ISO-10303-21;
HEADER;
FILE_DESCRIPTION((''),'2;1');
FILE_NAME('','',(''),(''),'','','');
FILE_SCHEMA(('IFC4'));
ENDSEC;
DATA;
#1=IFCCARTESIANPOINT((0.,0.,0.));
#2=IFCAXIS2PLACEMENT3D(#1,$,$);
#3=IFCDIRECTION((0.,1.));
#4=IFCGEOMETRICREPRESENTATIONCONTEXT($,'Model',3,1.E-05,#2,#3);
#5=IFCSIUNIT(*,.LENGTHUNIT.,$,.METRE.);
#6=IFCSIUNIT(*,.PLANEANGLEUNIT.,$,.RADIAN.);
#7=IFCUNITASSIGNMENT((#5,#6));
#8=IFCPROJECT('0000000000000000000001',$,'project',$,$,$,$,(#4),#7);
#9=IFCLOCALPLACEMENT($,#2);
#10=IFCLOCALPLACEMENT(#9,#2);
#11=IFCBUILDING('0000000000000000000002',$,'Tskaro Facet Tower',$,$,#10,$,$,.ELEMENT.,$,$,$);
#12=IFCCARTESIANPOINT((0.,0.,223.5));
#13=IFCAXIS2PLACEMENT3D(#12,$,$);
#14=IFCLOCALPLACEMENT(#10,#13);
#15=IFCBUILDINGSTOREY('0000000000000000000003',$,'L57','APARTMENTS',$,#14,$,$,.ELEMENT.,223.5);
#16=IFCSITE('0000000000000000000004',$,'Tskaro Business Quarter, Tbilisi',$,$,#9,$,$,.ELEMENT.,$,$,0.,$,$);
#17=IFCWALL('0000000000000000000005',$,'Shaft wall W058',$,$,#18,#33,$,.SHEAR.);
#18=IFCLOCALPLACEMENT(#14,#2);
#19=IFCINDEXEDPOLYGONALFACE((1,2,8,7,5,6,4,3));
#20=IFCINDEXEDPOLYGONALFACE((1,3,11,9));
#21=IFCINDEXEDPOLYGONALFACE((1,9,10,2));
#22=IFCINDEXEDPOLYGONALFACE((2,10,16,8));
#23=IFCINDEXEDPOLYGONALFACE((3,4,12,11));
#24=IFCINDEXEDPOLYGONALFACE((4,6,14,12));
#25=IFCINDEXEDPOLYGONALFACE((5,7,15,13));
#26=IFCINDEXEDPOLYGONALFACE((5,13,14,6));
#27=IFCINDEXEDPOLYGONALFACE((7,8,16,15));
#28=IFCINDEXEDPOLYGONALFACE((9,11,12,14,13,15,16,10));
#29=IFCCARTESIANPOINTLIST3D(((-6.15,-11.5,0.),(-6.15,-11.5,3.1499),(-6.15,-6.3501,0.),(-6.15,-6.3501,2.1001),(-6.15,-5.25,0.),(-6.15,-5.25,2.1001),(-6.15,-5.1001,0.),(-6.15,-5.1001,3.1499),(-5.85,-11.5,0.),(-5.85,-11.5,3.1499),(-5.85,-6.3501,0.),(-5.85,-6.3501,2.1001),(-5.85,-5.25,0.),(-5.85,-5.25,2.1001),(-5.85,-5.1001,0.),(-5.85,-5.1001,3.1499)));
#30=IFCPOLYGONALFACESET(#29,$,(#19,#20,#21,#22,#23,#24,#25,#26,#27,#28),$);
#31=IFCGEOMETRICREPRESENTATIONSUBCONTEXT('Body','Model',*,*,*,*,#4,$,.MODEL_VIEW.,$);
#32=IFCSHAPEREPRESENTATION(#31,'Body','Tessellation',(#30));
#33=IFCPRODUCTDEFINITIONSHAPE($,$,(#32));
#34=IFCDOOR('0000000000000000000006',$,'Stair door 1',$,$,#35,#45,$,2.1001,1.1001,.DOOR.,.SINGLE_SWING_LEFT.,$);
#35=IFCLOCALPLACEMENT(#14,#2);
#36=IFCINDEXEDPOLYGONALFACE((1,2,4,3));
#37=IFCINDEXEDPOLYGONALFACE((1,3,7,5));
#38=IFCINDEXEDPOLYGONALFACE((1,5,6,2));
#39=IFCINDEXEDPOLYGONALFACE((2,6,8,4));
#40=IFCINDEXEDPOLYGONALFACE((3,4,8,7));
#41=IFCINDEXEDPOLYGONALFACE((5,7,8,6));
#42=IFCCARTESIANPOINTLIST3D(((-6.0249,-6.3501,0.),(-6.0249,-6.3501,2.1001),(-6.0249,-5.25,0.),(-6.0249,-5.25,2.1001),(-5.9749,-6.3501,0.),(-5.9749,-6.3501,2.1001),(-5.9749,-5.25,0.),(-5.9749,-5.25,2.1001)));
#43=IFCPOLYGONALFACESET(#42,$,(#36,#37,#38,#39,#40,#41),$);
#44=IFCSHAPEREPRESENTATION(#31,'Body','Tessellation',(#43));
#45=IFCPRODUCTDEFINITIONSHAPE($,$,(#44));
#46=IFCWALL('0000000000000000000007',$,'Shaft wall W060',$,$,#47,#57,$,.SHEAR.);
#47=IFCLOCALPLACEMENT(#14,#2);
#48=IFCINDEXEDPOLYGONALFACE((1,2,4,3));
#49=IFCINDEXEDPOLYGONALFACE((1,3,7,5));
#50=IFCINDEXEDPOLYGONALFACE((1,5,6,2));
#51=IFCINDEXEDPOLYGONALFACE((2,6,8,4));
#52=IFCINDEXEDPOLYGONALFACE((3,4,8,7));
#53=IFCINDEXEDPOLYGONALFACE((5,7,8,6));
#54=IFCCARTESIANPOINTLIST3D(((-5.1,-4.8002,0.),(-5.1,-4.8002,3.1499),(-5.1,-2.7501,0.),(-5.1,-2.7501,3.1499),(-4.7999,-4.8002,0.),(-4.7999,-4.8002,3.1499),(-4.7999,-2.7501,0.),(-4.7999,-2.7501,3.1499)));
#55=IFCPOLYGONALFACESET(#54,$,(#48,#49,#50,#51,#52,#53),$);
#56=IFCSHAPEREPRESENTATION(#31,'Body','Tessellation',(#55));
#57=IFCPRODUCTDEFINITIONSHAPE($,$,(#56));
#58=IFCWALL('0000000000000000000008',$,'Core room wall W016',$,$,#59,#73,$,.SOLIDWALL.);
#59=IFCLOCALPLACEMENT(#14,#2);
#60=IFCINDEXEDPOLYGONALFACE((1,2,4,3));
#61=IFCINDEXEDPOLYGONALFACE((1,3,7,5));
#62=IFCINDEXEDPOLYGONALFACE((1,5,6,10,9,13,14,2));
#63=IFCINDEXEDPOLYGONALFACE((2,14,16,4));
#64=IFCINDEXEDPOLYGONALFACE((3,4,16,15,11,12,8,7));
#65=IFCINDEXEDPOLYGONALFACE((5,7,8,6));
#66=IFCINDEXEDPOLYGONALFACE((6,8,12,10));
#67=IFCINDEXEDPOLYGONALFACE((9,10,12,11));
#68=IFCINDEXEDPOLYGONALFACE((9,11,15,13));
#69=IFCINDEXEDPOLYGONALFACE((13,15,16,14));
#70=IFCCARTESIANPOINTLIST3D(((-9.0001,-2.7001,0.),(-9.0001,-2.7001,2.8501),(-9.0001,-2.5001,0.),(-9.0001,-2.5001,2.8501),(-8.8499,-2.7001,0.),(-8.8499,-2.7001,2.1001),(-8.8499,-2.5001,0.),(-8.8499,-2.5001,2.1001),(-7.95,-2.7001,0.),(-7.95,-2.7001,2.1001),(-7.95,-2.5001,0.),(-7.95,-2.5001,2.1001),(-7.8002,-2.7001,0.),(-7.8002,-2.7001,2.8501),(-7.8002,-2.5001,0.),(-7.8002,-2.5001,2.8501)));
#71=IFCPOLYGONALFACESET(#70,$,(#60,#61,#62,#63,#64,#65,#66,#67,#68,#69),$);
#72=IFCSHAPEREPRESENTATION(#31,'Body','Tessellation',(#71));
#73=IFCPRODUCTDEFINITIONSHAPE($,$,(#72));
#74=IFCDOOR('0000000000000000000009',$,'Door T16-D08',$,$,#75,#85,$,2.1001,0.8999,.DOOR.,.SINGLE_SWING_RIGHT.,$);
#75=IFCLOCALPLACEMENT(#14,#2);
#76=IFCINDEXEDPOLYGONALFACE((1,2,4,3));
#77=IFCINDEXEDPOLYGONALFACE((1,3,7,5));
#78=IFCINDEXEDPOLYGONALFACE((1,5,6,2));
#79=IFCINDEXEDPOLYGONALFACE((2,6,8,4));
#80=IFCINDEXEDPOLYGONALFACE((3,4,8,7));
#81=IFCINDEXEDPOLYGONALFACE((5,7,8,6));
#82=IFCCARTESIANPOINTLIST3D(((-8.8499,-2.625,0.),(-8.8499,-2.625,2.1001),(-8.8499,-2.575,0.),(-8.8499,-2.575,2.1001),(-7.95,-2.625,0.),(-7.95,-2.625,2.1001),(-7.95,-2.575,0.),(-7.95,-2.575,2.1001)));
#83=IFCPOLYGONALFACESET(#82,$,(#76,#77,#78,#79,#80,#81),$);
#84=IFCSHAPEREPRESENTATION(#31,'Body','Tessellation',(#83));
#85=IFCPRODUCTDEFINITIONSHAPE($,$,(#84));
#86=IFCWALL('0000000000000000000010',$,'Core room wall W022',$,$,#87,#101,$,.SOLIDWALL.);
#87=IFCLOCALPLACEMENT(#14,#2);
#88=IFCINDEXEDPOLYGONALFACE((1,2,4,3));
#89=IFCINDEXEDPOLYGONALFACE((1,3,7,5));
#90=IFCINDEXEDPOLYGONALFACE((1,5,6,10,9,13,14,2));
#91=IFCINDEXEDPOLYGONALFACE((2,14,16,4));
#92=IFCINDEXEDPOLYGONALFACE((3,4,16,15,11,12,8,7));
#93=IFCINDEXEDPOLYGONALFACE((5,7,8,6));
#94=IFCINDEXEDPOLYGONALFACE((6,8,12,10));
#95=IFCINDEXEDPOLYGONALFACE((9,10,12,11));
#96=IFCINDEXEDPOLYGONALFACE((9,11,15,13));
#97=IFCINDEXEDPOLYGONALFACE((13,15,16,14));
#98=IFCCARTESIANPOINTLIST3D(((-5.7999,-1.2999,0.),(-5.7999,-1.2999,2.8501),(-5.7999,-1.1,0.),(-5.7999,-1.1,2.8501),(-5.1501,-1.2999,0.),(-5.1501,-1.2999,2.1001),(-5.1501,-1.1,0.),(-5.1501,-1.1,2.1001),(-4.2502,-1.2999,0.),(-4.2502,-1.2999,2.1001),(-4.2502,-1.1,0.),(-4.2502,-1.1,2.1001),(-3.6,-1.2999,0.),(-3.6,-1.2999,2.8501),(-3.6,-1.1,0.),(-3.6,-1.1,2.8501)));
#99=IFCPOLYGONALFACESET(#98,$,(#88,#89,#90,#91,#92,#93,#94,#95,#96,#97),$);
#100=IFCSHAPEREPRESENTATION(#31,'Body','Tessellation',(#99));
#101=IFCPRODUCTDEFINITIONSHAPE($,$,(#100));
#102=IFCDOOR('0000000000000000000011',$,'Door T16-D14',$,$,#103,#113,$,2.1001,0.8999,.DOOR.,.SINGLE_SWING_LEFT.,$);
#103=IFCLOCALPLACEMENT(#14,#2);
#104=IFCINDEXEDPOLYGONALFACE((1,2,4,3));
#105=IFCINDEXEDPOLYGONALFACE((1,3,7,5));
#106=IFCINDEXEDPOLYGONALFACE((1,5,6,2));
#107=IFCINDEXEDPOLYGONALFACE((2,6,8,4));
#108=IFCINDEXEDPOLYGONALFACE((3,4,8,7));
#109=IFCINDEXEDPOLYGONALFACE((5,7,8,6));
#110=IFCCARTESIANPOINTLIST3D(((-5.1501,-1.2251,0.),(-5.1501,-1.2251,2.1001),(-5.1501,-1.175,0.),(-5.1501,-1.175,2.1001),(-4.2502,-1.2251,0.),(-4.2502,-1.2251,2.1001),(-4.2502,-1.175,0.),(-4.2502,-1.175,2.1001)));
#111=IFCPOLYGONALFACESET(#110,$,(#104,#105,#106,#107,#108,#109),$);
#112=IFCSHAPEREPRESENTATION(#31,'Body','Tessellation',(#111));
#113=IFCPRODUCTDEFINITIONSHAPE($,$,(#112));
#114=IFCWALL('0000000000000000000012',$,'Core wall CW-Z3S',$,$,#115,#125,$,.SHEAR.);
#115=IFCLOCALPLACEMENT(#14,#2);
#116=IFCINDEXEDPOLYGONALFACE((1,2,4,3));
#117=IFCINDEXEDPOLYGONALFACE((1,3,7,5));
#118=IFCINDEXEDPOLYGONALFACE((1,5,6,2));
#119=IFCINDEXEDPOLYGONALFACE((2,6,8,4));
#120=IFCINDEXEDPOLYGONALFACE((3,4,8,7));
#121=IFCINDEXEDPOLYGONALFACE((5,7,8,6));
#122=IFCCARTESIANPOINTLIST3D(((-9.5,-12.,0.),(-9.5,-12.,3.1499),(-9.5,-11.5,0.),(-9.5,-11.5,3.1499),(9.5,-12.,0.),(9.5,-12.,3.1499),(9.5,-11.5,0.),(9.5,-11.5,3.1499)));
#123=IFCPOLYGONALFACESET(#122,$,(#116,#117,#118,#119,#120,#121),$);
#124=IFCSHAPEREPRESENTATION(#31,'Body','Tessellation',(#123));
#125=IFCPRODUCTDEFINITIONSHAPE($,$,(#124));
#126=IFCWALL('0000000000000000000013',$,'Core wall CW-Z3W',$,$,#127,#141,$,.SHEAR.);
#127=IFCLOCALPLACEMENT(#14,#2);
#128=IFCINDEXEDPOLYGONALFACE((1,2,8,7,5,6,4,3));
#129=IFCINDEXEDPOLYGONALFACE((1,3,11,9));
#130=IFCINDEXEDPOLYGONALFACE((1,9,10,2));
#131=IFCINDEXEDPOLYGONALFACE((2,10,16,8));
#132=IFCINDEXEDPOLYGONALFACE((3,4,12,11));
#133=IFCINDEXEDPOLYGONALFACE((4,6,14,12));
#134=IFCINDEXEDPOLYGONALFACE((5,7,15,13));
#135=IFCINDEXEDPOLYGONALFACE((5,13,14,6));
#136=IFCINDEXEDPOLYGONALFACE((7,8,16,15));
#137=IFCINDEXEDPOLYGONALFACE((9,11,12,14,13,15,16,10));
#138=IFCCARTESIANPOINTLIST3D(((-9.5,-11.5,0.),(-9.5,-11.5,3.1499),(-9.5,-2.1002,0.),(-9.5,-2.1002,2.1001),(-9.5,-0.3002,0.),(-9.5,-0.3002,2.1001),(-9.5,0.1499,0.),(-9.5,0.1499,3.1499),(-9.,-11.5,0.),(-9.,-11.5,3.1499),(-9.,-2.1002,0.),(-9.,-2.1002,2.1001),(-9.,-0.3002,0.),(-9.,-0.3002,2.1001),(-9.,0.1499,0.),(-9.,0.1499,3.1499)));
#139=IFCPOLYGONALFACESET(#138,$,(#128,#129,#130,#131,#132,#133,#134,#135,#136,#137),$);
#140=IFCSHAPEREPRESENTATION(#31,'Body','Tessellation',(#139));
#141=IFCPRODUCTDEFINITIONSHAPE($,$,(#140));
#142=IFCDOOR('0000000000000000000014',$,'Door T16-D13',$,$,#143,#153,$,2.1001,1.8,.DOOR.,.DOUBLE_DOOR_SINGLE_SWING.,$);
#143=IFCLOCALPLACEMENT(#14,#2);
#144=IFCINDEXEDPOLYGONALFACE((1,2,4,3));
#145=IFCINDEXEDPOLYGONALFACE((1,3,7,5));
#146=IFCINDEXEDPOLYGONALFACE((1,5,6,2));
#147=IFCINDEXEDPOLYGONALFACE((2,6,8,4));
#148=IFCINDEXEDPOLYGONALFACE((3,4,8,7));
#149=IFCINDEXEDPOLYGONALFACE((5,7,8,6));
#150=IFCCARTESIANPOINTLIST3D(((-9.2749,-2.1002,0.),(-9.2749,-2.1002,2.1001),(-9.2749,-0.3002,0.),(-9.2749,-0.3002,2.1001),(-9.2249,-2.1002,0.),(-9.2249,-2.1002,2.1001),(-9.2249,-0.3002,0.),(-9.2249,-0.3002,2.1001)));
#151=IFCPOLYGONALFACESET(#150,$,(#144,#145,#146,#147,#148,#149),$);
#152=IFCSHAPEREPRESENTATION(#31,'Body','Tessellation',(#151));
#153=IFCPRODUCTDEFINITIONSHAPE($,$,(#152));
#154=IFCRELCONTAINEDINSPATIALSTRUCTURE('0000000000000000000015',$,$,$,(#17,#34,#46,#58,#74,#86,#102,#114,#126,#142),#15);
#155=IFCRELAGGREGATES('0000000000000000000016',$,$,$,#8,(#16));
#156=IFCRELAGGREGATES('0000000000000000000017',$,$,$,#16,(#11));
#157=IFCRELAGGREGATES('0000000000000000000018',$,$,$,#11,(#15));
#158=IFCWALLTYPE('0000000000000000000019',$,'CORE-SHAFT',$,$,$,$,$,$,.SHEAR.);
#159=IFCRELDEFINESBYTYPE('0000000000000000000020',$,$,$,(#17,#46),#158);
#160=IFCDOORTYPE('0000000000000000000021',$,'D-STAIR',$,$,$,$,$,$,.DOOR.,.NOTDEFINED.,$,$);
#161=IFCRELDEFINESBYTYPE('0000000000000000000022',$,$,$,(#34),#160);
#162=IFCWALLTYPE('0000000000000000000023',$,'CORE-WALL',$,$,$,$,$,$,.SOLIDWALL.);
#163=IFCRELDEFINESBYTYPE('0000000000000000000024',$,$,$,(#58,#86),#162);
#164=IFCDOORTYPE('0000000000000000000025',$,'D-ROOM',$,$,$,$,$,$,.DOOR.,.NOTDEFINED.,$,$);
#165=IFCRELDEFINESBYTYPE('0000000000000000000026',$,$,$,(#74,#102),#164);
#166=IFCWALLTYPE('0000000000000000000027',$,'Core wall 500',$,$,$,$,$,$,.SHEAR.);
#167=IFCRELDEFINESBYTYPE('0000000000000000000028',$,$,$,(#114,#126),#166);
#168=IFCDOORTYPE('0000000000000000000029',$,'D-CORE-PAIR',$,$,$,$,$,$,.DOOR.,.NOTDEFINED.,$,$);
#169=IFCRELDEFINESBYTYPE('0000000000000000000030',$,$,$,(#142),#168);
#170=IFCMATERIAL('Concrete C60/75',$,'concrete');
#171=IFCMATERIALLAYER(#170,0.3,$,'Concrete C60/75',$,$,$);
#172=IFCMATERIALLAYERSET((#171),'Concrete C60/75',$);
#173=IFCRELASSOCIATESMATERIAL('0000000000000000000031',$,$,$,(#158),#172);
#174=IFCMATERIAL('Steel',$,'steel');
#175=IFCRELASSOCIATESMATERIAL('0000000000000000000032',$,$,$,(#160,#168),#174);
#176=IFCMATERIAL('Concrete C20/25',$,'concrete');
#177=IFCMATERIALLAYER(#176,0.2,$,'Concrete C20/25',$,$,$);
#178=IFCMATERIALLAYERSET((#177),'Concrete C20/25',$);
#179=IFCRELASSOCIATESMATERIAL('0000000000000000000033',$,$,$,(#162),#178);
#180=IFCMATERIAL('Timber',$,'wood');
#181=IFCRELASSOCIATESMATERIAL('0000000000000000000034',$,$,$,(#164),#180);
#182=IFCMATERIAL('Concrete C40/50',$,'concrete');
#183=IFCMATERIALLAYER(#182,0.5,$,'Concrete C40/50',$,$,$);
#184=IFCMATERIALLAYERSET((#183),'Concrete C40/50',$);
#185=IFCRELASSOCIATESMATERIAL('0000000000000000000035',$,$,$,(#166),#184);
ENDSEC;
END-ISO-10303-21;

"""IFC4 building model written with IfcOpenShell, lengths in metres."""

from ifc_helpers import new_model, si_unit, direction, frame, frame_2d, origin, place, context, subcontext, project, spatial, rectangle, extrude, material, layer, layer_set, type_object, element, fill, save


model = new_model("IFC4")

# Units and contexts
model_context = context("Model", 3, precision=1e-05, world=origin(), true_north=direction((0.0, 1.0)))
body_context = subcontext(model_context, "Body", "Model", "MODEL_VIEW")
ifc_project = project(units=[si_unit("LENGTHUNIT", "METRE"), si_unit("PLANEANGLEUNIT", "RADIAN")], contexts=[model_context])

# Site, building, storey
site_placement = place(None, origin())
site = spatial("IfcSite", under=ifc_project, at=site_placement, Name="Tskaro Business Quarter, Tbilisi", CompositionType="ELEMENT", RefElevation=0.0)
building_placement = place(site_placement, origin())
building = spatial("IfcBuilding", under=site, at=building_placement, Name="Tskaro Facet Tower", CompositionType="ELEMENT")
storey_placement = place(building_placement, frame((0.0, 0.0, 223.5)))
storey = spatial("IfcBuildingStorey", under=building, at=storey_placement, Name="L57", Description="APARTMENTS", CompositionType="ELEMENT", Elevation=223.5)

# Shared definitions
ifc_material_1 = material(Name="Concrete C60/75", Category="concrete")
ifc_layer_1 = layer(ifc_material_1, 0.3, Name="Concrete C60/75")
ifc_layer_set_1 = layer_set([ifc_layer_1], Name="Concrete C60/75")
wall_type_1 = type_object("IfcWallType", Name="CORE-SHAFT", PredefinedType="SHEAR", material=ifc_layer_set_1)

# Wall, opening, door
wall_1_placement = place(storey_placement, frame((-6.0, -11.5, 0.0), z_axis=(0.0, 0.0, 1.0), x_axis=(0.0, 1.0, 0.0)))
wall_1 = element("IfcWall", 1, at=wall_1_placement, inside=storey, type_object=wall_type_1, Name="Shaft wall W058", PredefinedType="SHEAR", context=body_context, shape_type="SweptSolid", body=[
    extrude(rectangle(XDim=6.3999, YDim=0.3, at=frame_2d((3.2, 0.0))), origin(), (0.0, 0.0, 1.0), 3.1499),
])
opening_1_placement = place(wall_1_placement, frame((5.1499, 0.0, 0.0)))
opening_1 = element("IfcOpeningElement", 2, at=opening_1_placement, cuts=wall_1, PredefinedType="OPENING", context=body_context, shape_type="SweptSolid", body=[
    extrude(rectangle(XDim=1.1001, YDim=2.1001, at=frame_2d((0.55, 1.05))), frame((0.0, 0.1599, 0.0), z_axis=(0.0, -1.0, 0.0), x_axis=(1.0, 0.0, 0.0)), (0.0, 0.0, 1.0), 0.3201),
])
ifc_material_2 = material(Name="Steel", Category="steel")
door_type_1 = type_object("IfcDoorType", Name="D-STAIR", OperationType="NOTDEFINED", PredefinedType="DOOR", material=ifc_material_2)
door_1_placement = place(opening_1_placement, origin())
door_1 = element("IfcDoor", 3, at=door_1_placement, inside=storey, type_object=door_type_1, Name="Stair door 1", OperationType="SINGLE_SWING_LEFT", OverallHeight=2.1001, OverallWidth=1.1001, PredefinedType="DOOR", context=body_context, shape_type="SweptSolid", body=[
    extrude(rectangle(XDim=1.1001, YDim=2.1001, at=frame_2d((0.55, 1.05))), frame((0.0, 0.0249, 0.0), z_axis=(0.0, -1.0, 0.0), x_axis=(1.0, 0.0, 0.0)), (0.0, 0.0, 1.0), 0.05),
])
fill(opening_1, door_1)

# Wall
wall_2_placement = place(storey_placement, frame((-4.95, -4.8, 0.0), z_axis=(0.0, 0.0, 1.0), x_axis=(0.0, 1.0, 0.0)))
element("IfcWall", 4, at=wall_2_placement, inside=storey, type_object=wall_type_1, Name="Shaft wall W060", PredefinedType="SHEAR", context=body_context, shape_type="SweptSolid", body=[
    extrude(rectangle(XDim=2.05, YDim=0.3, at=frame_2d((1.0249, 0.0))), origin(), (0.0, 0.0, 1.0), 3.1499),
])

# Walls, openings, doors
ifc_material_3 = material(Name="Concrete C20/25", Category="concrete")
ifc_layer_2 = layer(ifc_material_3, 0.2, Name="Concrete C20/25")
ifc_layer_set_2 = layer_set([ifc_layer_2], Name="Concrete C20/25")
wall_type_2 = type_object("IfcWallType", Name="CORE-WALL", PredefinedType="SOLIDWALL", material=ifc_layer_set_2)
wall_3_placement = place(storey_placement, frame((-7.8, -2.6001, 0.0), z_axis=(0.0, 0.0, 1.0), x_axis=(-1.0, 0.0, 0.0)))
wall_3 = element("IfcWall", 5, at=wall_3_placement, inside=storey, type_object=wall_type_2, Name="Core room wall W016", PredefinedType="SOLIDWALL", context=body_context, shape_type="SweptSolid", body=[
    extrude(rectangle(XDim=1.2, YDim=0.2, at=frame_2d((0.6001, 0.0))), origin(), (0.0, 0.0, 1.0), 2.8501),
])
opening_2_placement = place(wall_3_placement, frame((0.1499, 0.0, 0.0)))
opening_2 = element("IfcOpeningElement", 6, at=opening_2_placement, cuts=wall_3, PredefinedType="OPENING", context=body_context, shape_type="SweptSolid", body=[
    extrude(rectangle(XDim=0.8999, YDim=2.1001, at=frame_2d((0.45, 1.05))), frame((0.0, 0.1099, 0.0), z_axis=(0.0, -1.0, 0.0), x_axis=(1.0, 0.0, 0.0)), (0.0, 0.0, 1.0), 0.22),
])
ifc_material_4 = material(Name="Timber", Category="wood")
door_type_2 = type_object("IfcDoorType", Name="D-ROOM", OperationType="NOTDEFINED", PredefinedType="DOOR", material=ifc_material_4)
door_2_placement = place(opening_2_placement, origin())
door_2 = element("IfcDoor", 7, at=door_2_placement, inside=storey, type_object=door_type_2, Name="Door T16-D08", OperationType="SINGLE_SWING_RIGHT", OverallHeight=2.1001, OverallWidth=0.8999, PredefinedType="DOOR", context=body_context, shape_type="SweptSolid", body=[
    extrude(rectangle(XDim=0.8999, YDim=2.1001, at=frame_2d((0.45, 1.05))), frame((0.0, 0.0249, 0.0), z_axis=(0.0, -1.0, 0.0), x_axis=(1.0, 0.0, 0.0)), (0.0, 0.0, 1.0), 0.05),
])
fill(opening_2, door_2)
wall_4_placement = place(storey_placement, frame((-5.8, -1.2, 0.0), z_axis=(0.0, 0.0, 1.0), x_axis=(1.0, 0.0, 0.0)))
wall_4 = element("IfcWall", 8, at=wall_4_placement, inside=storey, type_object=wall_type_2, Name="Core room wall W022", PredefinedType="SOLIDWALL", context=body_context, shape_type="SweptSolid", body=[
    extrude(rectangle(XDim=2.2, YDim=0.2, at=frame_2d((1.1001, 0.0))), origin(), (0.0, 0.0, 1.0), 2.8501),
])
opening_3_placement = place(wall_4_placement, frame((0.6499, 0.0, 0.0)))
opening_3 = element("IfcOpeningElement", 9, at=opening_3_placement, cuts=wall_4, PredefinedType="OPENING", context=body_context, shape_type="SweptSolid", body=[
    extrude(rectangle(XDim=0.8999, YDim=2.1001, at=frame_2d((0.45, 1.05))), frame((0.0, 0.1099, 0.0), z_axis=(0.0, -1.0, 0.0), x_axis=(1.0, 0.0, 0.0)), (0.0, 0.0, 1.0), 0.22),
])
door_3_placement = place(opening_3_placement, origin())
door_3 = element("IfcDoor", 10, at=door_3_placement, inside=storey, type_object=door_type_2, Name="Door T16-D14", OperationType="SINGLE_SWING_LEFT", OverallHeight=2.1001, OverallWidth=0.8999, PredefinedType="DOOR", context=body_context, shape_type="SweptSolid", body=[
    extrude(rectangle(XDim=0.8999, YDim=2.1001, at=frame_2d((0.45, 1.05))), frame((0.0, 0.0249, 0.0), z_axis=(0.0, -1.0, 0.0), x_axis=(1.0, 0.0, 0.0)), (0.0, 0.0, 1.0), 0.05),
])
fill(opening_3, door_3)

# Wall
ifc_material_5 = material(Name="Concrete C40/50", Category="concrete")
ifc_layer_3 = layer(ifc_material_5, 0.5, Name="Concrete C40/50")
ifc_layer_set_3 = layer_set([ifc_layer_3], Name="Concrete C40/50")
wall_type_3 = type_object("IfcWallType", Name="Core wall 500", PredefinedType="SHEAR", material=ifc_layer_set_3)
wall_5_placement = place(storey_placement, frame((-9.5, -11.75, 0.0), z_axis=(0.0, 0.0, 1.0), x_axis=(1.0, 0.0, 0.0)))
element("IfcWall", 11, at=wall_5_placement, inside=storey, type_object=wall_type_3, Name="Core wall CW-Z3S", PredefinedType="SHEAR", context=body_context, shape_type="SweptSolid", body=[
    extrude(rectangle(XDim=19.0, YDim=0.5, at=frame_2d((9.5, 0.0))), origin(), (0.0, 0.0, 1.0), 3.1499),
])

# Wall, opening, door
wall_6_placement = place(storey_placement, frame((-9.25, -11.5, 0.0), z_axis=(0.0, 0.0, 1.0), x_axis=(0.0, 1.0, 0.0)))
wall_6 = element("IfcWall", 12, at=wall_6_placement, inside=storey, type_object=wall_type_3, Name="Core wall CW-Z3W", PredefinedType="SHEAR", context=body_context, shape_type="SweptSolid", body=[
    extrude(rectangle(XDim=11.6499, YDim=0.5, at=frame_2d((5.825, 0.0))), origin(), (0.0, 0.0, 1.0), 3.1499),
])
opening_4_placement = place(wall_6_placement, frame((9.3999, 0.0, 0.0)))
opening_4 = element("IfcOpeningElement", 13, at=opening_4_placement, cuts=wall_6, PredefinedType="OPENING", context=body_context, shape_type="SweptSolid", body=[
    extrude(rectangle(XDim=1.8, YDim=2.1001, at=frame_2d((0.8999, 1.05))), frame((0.0, 0.26, 0.0), z_axis=(0.0, -1.0, 0.0), x_axis=(1.0, 0.0, 0.0)), (0.0, 0.0, 1.0), 0.52),
])
door_type_3 = type_object("IfcDoorType", Name="D-CORE-PAIR", OperationType="NOTDEFINED", PredefinedType="DOOR", material=ifc_material_2)
door_4_placement = place(opening_4_placement, origin())
door_4 = element("IfcDoor", 14, at=door_4_placement, inside=storey, type_object=door_type_3, Name="Door T16-D13", OperationType="DOUBLE_DOOR_SINGLE_SWING", OverallHeight=2.1001, OverallWidth=1.8, PredefinedType="DOOR", context=body_context, shape_type="SweptSolid", body=[
    extrude(rectangle(XDim=1.8, YDim=2.1001, at=frame_2d((0.8999, 1.05))), frame((0.0, 0.0249, 0.0), z_axis=(0.0, -1.0, 0.0), x_axis=(1.0, 0.0, 0.0)), (0.0, 0.0, 1.0), 0.05),
])
fill(opening_4, door_4)

save(model, "model.ifc")
